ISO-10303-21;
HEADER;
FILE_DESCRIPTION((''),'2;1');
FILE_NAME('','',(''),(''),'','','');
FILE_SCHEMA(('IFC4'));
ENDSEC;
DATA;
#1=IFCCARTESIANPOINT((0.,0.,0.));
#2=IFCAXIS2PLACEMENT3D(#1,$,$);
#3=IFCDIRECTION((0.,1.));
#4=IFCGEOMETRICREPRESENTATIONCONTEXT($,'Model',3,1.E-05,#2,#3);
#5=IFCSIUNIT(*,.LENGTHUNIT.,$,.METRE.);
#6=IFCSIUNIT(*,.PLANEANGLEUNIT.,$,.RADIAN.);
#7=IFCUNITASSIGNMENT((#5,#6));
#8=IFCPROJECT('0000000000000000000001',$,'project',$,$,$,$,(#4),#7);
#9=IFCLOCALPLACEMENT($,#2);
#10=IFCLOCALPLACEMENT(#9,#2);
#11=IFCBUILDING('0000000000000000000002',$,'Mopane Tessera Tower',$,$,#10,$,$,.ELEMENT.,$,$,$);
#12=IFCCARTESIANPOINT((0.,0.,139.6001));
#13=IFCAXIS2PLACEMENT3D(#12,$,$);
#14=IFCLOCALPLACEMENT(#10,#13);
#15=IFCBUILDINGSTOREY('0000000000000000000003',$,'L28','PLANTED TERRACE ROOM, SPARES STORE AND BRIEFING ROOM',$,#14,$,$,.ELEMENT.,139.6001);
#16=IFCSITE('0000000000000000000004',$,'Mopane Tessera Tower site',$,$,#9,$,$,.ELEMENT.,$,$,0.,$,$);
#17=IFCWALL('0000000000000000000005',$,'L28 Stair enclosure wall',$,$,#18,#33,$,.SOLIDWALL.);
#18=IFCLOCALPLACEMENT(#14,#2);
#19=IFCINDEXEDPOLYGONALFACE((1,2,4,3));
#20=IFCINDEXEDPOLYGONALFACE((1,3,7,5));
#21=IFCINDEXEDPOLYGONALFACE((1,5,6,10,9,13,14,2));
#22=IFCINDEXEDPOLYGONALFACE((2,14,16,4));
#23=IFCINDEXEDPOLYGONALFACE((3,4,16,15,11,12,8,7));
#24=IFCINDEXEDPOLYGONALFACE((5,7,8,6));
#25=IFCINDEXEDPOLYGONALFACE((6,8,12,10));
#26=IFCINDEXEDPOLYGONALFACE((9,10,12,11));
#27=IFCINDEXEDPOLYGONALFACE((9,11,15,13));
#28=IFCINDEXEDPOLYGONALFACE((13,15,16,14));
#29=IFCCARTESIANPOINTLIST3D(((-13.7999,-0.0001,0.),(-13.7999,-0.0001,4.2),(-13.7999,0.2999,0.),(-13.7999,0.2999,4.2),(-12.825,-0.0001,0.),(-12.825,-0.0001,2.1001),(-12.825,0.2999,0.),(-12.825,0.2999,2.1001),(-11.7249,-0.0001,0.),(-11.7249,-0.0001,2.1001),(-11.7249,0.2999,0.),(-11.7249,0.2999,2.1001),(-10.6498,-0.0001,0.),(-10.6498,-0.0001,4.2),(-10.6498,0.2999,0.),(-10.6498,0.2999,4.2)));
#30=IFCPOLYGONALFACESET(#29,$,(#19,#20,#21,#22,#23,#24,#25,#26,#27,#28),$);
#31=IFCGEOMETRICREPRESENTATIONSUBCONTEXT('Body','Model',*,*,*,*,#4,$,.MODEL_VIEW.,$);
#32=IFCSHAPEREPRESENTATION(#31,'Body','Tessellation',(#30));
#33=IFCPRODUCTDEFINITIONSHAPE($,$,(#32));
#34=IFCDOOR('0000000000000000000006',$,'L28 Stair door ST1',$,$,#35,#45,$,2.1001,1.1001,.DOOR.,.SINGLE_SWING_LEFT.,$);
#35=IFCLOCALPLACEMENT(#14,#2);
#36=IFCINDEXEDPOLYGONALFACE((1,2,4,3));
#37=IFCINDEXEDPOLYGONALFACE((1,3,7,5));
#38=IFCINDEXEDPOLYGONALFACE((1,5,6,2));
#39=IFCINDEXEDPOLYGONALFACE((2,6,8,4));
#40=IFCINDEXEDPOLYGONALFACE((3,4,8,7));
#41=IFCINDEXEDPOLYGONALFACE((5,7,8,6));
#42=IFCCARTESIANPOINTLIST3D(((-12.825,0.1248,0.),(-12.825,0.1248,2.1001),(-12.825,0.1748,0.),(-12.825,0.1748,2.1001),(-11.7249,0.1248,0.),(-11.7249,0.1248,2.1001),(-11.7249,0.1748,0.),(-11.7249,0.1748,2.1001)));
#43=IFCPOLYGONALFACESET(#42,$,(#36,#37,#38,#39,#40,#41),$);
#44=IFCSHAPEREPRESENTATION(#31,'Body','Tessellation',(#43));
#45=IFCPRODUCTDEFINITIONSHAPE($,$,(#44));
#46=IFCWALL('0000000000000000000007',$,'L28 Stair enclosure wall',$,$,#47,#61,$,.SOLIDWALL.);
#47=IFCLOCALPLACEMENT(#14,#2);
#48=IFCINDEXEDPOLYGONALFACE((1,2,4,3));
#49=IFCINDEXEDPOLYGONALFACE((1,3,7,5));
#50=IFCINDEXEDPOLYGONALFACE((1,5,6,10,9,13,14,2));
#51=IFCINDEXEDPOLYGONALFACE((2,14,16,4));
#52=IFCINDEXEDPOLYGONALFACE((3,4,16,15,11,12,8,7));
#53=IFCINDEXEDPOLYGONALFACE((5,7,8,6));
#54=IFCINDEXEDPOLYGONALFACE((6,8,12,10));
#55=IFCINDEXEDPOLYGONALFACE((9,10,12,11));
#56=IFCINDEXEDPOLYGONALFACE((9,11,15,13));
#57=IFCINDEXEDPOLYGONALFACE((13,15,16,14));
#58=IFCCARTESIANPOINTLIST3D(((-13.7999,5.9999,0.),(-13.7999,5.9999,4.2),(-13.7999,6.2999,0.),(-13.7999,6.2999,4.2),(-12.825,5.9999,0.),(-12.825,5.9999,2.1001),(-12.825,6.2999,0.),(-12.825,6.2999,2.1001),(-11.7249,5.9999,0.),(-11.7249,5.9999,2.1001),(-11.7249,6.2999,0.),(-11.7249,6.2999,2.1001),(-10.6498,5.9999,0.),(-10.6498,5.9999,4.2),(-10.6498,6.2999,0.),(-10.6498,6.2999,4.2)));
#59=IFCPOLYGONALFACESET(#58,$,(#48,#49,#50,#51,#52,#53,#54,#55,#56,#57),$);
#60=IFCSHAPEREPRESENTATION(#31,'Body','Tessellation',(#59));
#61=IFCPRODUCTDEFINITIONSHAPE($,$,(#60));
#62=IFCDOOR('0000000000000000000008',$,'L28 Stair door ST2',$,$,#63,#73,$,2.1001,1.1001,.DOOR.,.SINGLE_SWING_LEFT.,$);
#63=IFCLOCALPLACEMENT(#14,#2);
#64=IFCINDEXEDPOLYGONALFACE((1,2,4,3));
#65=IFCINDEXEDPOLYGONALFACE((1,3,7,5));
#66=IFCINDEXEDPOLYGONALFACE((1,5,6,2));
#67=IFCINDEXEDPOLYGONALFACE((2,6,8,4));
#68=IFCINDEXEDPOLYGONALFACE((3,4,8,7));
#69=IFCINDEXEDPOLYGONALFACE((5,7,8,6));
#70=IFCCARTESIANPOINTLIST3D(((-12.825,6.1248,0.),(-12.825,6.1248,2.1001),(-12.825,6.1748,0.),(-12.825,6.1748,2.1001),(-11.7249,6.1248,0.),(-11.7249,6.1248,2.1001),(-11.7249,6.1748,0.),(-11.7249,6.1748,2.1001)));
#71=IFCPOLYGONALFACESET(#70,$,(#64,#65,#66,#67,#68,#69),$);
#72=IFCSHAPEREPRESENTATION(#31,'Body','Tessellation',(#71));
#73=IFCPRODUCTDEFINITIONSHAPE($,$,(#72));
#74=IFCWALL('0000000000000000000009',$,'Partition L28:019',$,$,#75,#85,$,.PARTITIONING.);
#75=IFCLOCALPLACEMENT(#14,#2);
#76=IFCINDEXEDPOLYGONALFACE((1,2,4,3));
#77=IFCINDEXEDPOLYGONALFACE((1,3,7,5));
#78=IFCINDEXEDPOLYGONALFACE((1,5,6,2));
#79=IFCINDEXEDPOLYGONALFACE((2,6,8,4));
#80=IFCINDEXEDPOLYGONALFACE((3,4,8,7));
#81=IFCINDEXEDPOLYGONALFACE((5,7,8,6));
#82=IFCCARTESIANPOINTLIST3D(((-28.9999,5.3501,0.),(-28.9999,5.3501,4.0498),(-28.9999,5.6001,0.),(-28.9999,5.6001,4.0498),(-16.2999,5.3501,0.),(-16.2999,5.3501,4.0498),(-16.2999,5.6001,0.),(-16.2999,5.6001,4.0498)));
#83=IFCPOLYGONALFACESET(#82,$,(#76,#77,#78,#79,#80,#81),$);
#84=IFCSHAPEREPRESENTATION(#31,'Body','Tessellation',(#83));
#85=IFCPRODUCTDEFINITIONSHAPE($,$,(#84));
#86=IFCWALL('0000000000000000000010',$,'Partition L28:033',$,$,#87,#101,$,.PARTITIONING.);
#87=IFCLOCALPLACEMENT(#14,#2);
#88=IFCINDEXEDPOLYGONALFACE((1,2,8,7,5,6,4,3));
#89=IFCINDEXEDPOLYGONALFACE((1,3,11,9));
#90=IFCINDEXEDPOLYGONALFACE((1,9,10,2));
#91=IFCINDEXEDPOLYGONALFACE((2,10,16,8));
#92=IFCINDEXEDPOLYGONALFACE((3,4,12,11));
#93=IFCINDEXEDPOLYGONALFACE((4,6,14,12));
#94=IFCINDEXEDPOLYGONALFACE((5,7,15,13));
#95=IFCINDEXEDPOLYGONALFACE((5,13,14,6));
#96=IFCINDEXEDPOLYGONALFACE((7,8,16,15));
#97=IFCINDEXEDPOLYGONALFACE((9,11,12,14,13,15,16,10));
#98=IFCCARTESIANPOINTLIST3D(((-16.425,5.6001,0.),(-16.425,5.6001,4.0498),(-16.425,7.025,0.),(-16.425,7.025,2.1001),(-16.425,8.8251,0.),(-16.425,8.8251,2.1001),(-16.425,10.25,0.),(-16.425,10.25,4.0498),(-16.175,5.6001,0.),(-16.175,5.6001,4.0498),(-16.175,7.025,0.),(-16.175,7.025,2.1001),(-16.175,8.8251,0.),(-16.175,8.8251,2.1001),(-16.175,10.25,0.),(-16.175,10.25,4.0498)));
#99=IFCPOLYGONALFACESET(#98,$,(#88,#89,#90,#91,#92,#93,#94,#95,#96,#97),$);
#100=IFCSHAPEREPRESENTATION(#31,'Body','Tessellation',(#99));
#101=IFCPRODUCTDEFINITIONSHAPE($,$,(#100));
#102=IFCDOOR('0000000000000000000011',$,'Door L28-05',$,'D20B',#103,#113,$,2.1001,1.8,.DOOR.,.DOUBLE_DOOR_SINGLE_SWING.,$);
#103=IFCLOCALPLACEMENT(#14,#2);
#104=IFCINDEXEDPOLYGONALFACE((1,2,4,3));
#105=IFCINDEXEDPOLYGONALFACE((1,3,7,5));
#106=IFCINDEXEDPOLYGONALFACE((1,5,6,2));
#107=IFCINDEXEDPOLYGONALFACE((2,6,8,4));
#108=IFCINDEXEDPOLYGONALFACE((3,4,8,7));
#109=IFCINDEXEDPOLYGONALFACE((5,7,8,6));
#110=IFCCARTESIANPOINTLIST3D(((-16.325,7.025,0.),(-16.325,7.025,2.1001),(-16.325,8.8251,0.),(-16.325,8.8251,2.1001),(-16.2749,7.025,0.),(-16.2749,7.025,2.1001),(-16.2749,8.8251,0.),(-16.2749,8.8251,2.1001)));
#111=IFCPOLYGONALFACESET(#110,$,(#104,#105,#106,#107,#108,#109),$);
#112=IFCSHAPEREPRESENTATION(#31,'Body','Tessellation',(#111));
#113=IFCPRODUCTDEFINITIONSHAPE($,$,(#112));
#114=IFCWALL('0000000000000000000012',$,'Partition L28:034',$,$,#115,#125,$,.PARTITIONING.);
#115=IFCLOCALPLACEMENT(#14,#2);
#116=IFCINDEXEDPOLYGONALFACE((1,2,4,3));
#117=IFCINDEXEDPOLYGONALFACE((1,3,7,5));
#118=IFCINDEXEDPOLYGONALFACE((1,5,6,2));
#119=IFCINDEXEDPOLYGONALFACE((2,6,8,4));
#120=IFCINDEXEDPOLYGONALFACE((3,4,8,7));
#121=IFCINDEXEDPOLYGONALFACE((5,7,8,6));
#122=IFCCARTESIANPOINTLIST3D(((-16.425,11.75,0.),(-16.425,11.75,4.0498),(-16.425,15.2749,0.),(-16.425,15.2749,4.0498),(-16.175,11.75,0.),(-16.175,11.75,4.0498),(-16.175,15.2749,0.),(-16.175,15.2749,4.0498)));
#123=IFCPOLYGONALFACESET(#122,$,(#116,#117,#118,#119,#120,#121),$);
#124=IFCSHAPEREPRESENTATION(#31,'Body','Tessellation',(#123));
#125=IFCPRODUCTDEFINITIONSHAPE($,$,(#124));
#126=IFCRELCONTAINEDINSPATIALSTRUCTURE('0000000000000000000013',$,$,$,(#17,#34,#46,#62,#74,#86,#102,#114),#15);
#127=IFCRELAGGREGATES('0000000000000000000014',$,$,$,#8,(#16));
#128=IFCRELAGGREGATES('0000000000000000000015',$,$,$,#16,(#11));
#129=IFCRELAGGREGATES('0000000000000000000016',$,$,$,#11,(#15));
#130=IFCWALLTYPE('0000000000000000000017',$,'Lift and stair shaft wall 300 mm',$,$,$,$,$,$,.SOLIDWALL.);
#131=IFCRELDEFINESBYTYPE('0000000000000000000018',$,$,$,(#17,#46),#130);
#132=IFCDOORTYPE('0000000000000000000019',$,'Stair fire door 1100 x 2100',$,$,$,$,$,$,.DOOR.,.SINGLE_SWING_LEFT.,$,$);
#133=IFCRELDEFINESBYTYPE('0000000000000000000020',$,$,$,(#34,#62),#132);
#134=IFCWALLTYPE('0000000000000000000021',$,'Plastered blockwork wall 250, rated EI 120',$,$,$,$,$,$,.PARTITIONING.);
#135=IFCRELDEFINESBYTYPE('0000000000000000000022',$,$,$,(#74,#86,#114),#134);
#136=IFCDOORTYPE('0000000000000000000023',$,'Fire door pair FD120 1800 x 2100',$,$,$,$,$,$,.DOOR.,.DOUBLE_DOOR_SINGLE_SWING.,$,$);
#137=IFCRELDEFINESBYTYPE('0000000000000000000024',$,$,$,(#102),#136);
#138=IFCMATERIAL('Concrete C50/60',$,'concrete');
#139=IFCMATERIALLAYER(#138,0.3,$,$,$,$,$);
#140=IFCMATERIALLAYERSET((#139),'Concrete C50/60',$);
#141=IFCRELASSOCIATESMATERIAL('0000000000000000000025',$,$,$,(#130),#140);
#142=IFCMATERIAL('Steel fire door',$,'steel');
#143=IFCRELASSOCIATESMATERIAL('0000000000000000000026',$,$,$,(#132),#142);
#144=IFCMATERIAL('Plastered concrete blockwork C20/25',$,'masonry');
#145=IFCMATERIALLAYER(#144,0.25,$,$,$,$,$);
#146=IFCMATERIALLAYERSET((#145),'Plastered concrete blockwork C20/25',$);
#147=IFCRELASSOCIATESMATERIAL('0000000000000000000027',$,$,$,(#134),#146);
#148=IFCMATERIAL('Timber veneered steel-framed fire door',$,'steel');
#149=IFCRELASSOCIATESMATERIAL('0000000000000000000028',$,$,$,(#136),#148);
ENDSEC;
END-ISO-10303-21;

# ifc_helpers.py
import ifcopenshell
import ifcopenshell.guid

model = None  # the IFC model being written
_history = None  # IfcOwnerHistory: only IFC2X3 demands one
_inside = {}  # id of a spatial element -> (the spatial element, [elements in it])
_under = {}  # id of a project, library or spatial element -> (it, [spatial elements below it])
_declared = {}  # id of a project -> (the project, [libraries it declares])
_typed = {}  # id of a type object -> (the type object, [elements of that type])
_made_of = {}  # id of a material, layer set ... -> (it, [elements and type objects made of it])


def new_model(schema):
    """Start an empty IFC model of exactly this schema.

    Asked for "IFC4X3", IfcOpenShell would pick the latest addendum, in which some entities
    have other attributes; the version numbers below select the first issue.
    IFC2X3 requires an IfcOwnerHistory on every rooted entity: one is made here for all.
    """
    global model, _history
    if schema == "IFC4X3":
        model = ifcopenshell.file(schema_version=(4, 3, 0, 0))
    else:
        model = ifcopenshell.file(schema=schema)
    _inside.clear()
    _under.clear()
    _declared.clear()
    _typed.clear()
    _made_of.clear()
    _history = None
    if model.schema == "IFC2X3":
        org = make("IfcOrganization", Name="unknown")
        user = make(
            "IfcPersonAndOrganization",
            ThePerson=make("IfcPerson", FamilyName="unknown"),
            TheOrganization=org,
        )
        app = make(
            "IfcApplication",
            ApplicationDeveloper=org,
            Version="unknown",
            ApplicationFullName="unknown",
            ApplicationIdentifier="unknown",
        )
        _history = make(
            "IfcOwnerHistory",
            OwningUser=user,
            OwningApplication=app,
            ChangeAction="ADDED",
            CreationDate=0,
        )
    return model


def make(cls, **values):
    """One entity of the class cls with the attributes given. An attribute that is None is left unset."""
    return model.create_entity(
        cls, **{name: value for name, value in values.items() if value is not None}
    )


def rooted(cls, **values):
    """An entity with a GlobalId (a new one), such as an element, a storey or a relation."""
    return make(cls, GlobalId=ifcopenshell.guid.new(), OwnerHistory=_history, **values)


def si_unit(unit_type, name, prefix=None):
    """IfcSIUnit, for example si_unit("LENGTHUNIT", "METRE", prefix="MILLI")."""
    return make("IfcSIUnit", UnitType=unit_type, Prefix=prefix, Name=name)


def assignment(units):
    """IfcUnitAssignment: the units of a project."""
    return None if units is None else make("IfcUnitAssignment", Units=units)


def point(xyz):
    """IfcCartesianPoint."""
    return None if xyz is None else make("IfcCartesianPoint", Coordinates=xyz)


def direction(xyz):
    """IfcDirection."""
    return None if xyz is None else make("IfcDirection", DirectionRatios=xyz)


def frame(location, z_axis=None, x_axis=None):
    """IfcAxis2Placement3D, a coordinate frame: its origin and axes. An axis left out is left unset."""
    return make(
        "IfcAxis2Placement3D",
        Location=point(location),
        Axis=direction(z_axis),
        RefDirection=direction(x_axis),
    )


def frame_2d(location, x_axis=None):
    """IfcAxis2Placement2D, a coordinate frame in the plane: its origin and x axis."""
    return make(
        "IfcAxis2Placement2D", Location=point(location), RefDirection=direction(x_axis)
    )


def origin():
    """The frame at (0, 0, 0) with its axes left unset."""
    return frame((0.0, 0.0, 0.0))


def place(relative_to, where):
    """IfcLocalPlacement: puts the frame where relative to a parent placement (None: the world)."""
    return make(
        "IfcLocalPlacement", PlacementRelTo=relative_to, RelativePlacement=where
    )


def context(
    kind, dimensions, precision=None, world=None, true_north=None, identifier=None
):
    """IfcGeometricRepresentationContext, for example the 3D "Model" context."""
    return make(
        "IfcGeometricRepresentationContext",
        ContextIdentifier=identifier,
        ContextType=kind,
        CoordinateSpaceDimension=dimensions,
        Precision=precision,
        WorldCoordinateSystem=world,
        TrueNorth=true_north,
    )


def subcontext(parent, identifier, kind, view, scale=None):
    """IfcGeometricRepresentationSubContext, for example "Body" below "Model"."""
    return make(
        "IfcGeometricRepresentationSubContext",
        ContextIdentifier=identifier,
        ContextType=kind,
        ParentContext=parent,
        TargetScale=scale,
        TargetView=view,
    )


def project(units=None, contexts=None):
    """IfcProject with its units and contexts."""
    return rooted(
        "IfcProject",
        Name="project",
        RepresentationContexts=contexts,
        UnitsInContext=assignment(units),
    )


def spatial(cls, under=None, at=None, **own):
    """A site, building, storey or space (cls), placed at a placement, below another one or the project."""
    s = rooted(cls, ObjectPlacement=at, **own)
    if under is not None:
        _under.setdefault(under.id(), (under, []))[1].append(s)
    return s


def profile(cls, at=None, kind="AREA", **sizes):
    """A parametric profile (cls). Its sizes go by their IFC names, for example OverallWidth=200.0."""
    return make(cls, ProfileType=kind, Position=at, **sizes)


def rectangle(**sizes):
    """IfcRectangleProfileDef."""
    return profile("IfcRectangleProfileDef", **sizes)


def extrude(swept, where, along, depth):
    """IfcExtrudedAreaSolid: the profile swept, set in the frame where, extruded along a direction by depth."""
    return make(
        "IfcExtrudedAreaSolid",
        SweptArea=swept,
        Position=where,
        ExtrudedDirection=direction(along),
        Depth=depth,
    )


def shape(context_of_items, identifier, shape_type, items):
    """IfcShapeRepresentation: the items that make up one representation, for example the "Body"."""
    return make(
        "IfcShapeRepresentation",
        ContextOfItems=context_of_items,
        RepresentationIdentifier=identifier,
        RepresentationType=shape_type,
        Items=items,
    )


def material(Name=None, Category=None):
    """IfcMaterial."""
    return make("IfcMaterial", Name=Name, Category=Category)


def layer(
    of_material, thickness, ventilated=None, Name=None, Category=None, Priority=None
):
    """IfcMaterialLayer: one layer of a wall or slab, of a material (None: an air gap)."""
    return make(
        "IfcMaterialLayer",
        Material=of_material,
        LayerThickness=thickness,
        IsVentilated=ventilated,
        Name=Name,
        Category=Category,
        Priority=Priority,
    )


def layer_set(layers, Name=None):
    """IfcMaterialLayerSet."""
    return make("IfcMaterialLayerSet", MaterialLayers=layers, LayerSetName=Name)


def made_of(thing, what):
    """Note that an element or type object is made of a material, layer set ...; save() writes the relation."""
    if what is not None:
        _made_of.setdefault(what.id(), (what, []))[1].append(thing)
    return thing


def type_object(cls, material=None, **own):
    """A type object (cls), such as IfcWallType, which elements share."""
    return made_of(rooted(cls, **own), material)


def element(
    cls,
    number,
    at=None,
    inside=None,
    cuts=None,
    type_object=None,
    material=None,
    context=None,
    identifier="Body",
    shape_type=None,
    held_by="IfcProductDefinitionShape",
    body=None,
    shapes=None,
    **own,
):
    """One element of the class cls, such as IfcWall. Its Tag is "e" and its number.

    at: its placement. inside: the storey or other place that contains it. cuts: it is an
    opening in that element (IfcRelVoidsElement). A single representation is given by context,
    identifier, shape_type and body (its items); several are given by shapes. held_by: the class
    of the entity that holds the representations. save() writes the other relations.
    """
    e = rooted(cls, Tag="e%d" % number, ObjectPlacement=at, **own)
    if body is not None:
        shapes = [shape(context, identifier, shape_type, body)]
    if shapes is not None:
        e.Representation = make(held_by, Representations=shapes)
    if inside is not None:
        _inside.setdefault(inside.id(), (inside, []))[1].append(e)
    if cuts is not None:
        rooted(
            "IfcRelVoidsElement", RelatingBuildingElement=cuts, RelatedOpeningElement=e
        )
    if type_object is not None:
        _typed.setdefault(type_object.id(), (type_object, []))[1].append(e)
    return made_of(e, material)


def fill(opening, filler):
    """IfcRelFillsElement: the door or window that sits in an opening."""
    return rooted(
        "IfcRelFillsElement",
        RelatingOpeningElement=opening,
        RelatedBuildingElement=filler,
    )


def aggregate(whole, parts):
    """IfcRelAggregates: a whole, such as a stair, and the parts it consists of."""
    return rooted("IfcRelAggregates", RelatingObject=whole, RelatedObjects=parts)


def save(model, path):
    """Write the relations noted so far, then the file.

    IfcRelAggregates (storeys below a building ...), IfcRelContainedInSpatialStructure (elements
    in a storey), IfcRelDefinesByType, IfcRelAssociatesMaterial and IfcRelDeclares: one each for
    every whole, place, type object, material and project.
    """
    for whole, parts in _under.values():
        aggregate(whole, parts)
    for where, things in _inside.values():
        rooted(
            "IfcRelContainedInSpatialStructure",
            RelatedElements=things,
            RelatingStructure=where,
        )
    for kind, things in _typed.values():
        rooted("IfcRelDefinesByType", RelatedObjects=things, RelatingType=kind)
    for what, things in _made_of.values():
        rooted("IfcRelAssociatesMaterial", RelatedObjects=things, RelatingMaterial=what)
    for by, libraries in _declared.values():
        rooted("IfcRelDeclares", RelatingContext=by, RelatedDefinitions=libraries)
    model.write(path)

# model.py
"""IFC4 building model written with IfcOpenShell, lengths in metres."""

from ifc_helpers import new_model, si_unit, direction, frame, frame_2d, origin, place, context, subcontext, project, spatial, rectangle, extrude, material, layer, layer_set, type_object, element, fill, save


model = new_model("IFC4")

# Units and contexts
model_context = context("Model", 3, precision=1e-05, world=origin(), true_north=direction((0.0, 1.0)))
body_context = subcontext(model_context, "Body", "Model", "MODEL_VIEW")
ifc_project = project(units=[si_unit("LENGTHUNIT", "METRE"), si_unit("PLANEANGLEUNIT", "RADIAN")], contexts=[model_context])

# Site, building, storey
site_placement = place(None, origin())
site = spatial("IfcSite", under=ifc_project, at=site_placement, Name="Mopane Tessera Tower site", CompositionType="ELEMENT", RefElevation=0.0)
building_placement = place(site_placement, origin())
building = spatial("IfcBuilding", under=site, at=building_placement, Name="Mopane Tessera Tower", CompositionType="ELEMENT")
storey_placement = place(building_placement, frame((0.0, 0.0, 139.6001)))
storey = spatial("IfcBuildingStorey", under=building, at=storey_placement, Name="L28", Description="PLANTED TERRACE ROOM, SPARES STORE AND BRIEFING ROOM", CompositionType="ELEMENT", Elevation=139.6001)

# Walls, openings, doors
ifc_material_1 = material(Name="Concrete C50/60", Category="concrete")
ifc_layer_1 = layer(ifc_material_1, 0.3)
ifc_layer_set_1 = layer_set([ifc_layer_1], Name="Concrete C50/60")
wall_type_1 = type_object("IfcWallType", Name="Lift and stair shaft wall 300 mm", PredefinedType="SOLIDWALL", material=ifc_layer_set_1)
wall_1_placement = place(storey_placement, frame((-13.8, 0.1499, 0.0), z_axis=(0.0, 0.0, 1.0), x_axis=(1.0, 0.0, 0.0)))
wall_1 = element("IfcWall", 1, at=wall_1_placement, inside=storey, type_object=wall_type_1, Name="L28 Stair enclosure wall", PredefinedType="SOLIDWALL", context=body_context, shape_type="SweptSolid", body=[
    extrude(rectangle(XDim=3.1501, YDim=0.3, at=frame_2d((1.5752, 0.0))), origin(), (0.0, 0.0, 1.0), 4.2),
])
opening_1_placement = place(wall_1_placement, frame((0.9751, 0.0, 0.0)))
opening_1 = element("IfcOpeningElement", 2, at=opening_1_placement, cuts=wall_1, PredefinedType="OPENING", context=body_context, shape_type="SweptSolid", body=[
    extrude(rectangle(XDim=1.1001, YDim=2.1001, at=frame_2d((0.55, 1.05))), frame((0.0, 0.1621, 0.0), z_axis=(0.0, -1.0, 0.0), x_axis=(1.0, 0.0, 0.0)), (0.0, 0.0, 1.0), 0.324),
])
ifc_material_2 = material(Name="Steel fire door", Category="steel")
door_type_1 = type_object("IfcDoorType", Name="Stair fire door 1100 x 2100", OperationType="SINGLE_SWING_LEFT", PredefinedType="DOOR", material=ifc_material_2)
door_1_placement = place(opening_1_placement, origin())
door_1 = element("IfcDoor", 3, at=door_1_placement, inside=storey, type_object=door_type_1, Name="L28 Stair door ST1", OperationType="SINGLE_SWING_LEFT", OverallHeight=2.1001, OverallWidth=1.1001, PredefinedType="DOOR", context=body_context, shape_type="SweptSolid", body=[
    extrude(rectangle(XDim=1.1001, YDim=2.1001, at=frame_2d((0.55, 1.05))), frame((0.0, 0.0249, 0.0), z_axis=(0.0, -1.0, 0.0), x_axis=(1.0, 0.0, 0.0)), (0.0, 0.0, 1.0), 0.05),
])
fill(opening_1, door_1)
wall_2_placement = place(storey_placement, frame((-13.8, 6.1499, 0.0), z_axis=(0.0, 0.0, 1.0), x_axis=(1.0, 0.0, 0.0)))
wall_2 = element("IfcWall", 4, at=wall_2_placement, inside=storey, type_object=wall_type_1, Name="L28 Stair enclosure wall", PredefinedType="SOLIDWALL", context=body_context, shape_type="SweptSolid", body=[
    extrude(rectangle(XDim=3.1501, YDim=0.3, at=frame_2d((1.5752, 0.0))), origin(), (0.0, 0.0, 1.0), 4.2),
])
opening_2_placement = place(wall_2_placement, frame((0.9751, 0.0, 0.0)))
opening_2 = element("IfcOpeningElement", 5, at=opening_2_placement, cuts=wall_2, PredefinedType="OPENING", context=body_context, shape_type="SweptSolid", body=[
    extrude(rectangle(XDim=1.1001, YDim=2.1001, at=frame_2d((0.55, 1.05))), frame((0.0, 0.1621, 0.0), z_axis=(0.0, -1.0, 0.0), x_axis=(1.0, 0.0, 0.0)), (0.0, 0.0, 1.0), 0.324),
])
door_2_placement = place(opening_2_placement, origin())
door_2 = element("IfcDoor", 6, at=door_2_placement, inside=storey, type_object=door_type_1, Name="L28 Stair door ST2", OperationType="SINGLE_SWING_LEFT", OverallHeight=2.1001, OverallWidth=1.1001, PredefinedType="DOOR", context=body_context, shape_type="SweptSolid", body=[
    extrude(rectangle(XDim=1.1001, YDim=2.1001, at=frame_2d((0.55, 1.05))), frame((0.0, 0.0249, 0.0), z_axis=(0.0, -1.0, 0.0), x_axis=(1.0, 0.0, 0.0)), (0.0, 0.0, 1.0), 0.05),
])
fill(opening_2, door_2)

# Wall
ifc_material_3 = material(Name="Plastered concrete blockwork C20/25", Category="masonry")
ifc_layer_2 = layer(ifc_material_3, 0.25)
ifc_layer_set_2 = layer_set([ifc_layer_2], Name="Plastered concrete blockwork C20/25")
wall_type_2 = type_object("IfcWallType", Name="Plastered blockwork wall 250, rated EI 120", PredefinedType="PARTITIONING", material=ifc_layer_set_2)
wall_3_placement = place(storey_placement, frame((-29.0, 5.4751, 0.0), z_axis=(0.0, 0.0, 1.0), x_axis=(1.0, 0.0, 0.0)))
element("IfcWall", 7, at=wall_3_placement, inside=storey, type_object=wall_type_2, Name="Partition L28:019", PredefinedType="PARTITIONING", context=body_context, shape_type="SweptSolid", body=[
    extrude(rectangle(XDim=12.7, YDim=0.25, at=frame_2d((6.3501, 0.0))), origin(), (0.0, 0.0, 1.0), 4.0498),
])

# Wall, opening, door
wall_4_placement = place(storey_placement, frame((-16.3, 5.6001, 0.0), z_axis=(0.0, 0.0, 1.0), x_axis=(0.0, 1.0, 0.0)))
wall_4 = element("IfcWall", 8, at=wall_4_placement, inside=storey, type_object=wall_type_2, Name="Partition L28:033", PredefinedType="PARTITIONING", context=body_context, shape_type="SweptSolid", body=[
    extrude(rectangle(XDim=4.6499, YDim=0.25, at=frame_2d((2.325, 0.0))), origin(), (0.0, 0.0, 1.0), 4.0498),
])
opening_3_placement = place(wall_4_placement, frame((1.425, 0.0, 0.0)))
opening_3 = element("IfcOpeningElement", 9, at=opening_3_placement, cuts=wall_4, PredefinedType="OPENING", context=body_context, shape_type="SweptSolid", body=[
    extrude(rectangle(XDim=1.8, YDim=2.1001, at=frame_2d((0.8999, 1.05))), frame((0.0, 0.137, 0.0), z_axis=(0.0, -1.0, 0.0), x_axis=(1.0, 0.0, 0.0)), (0.0, 0.0, 1.0), 0.2739),
])
ifc_material_4 = material(Name="Timber veneered steel-framed fire door", Category="steel")
door_type_2 = type_object("IfcDoorType", Name="Fire door pair FD120 1800 x 2100", OperationType="DOUBLE_DOOR_SINGLE_SWING", PredefinedType="DOOR", material=ifc_material_4)
door_3_placement = place(opening_3_placement, origin())
door_3 = element("IfcDoor", 10, at=door_3_placement, inside=storey, type_object=door_type_2, Name="Door L28-05", ObjectType="D20B", OperationType="DOUBLE_DOOR_SINGLE_SWING", OverallHeight=2.1001, OverallWidth=1.8, PredefinedType="DOOR", context=body_context, shape_type="SweptSolid", body=[
    extrude(rectangle(XDim=1.8, YDim=2.1001, at=frame_2d((0.8999, 1.05))), frame((0.0, 0.0249, 0.0), z_axis=(0.0, -1.0, 0.0), x_axis=(1.0, 0.0, 0.0)), (0.0, 0.0, 1.0), 0.05),
])
fill(opening_3, door_3)

# Wall
wall_5_placement = place(storey_placement, frame((-16.3, 11.75, 0.0), z_axis=(0.0, 0.0, 1.0), x_axis=(0.0, 1.0, 0.0)))
element("IfcWall", 11, at=wall_5_placement, inside=storey, type_object=wall_type_2, Name="Partition L28:034", PredefinedType="PARTITIONING", context=body_context, shape_type="SweptSolid", body=[
    extrude(rectangle(XDim=3.5249, YDim=0.25, at=frame_2d((1.7625, 0.0))), origin(), (0.0, 0.0, 1.0), 4.0498),
])

save(model, "model.ifc")
